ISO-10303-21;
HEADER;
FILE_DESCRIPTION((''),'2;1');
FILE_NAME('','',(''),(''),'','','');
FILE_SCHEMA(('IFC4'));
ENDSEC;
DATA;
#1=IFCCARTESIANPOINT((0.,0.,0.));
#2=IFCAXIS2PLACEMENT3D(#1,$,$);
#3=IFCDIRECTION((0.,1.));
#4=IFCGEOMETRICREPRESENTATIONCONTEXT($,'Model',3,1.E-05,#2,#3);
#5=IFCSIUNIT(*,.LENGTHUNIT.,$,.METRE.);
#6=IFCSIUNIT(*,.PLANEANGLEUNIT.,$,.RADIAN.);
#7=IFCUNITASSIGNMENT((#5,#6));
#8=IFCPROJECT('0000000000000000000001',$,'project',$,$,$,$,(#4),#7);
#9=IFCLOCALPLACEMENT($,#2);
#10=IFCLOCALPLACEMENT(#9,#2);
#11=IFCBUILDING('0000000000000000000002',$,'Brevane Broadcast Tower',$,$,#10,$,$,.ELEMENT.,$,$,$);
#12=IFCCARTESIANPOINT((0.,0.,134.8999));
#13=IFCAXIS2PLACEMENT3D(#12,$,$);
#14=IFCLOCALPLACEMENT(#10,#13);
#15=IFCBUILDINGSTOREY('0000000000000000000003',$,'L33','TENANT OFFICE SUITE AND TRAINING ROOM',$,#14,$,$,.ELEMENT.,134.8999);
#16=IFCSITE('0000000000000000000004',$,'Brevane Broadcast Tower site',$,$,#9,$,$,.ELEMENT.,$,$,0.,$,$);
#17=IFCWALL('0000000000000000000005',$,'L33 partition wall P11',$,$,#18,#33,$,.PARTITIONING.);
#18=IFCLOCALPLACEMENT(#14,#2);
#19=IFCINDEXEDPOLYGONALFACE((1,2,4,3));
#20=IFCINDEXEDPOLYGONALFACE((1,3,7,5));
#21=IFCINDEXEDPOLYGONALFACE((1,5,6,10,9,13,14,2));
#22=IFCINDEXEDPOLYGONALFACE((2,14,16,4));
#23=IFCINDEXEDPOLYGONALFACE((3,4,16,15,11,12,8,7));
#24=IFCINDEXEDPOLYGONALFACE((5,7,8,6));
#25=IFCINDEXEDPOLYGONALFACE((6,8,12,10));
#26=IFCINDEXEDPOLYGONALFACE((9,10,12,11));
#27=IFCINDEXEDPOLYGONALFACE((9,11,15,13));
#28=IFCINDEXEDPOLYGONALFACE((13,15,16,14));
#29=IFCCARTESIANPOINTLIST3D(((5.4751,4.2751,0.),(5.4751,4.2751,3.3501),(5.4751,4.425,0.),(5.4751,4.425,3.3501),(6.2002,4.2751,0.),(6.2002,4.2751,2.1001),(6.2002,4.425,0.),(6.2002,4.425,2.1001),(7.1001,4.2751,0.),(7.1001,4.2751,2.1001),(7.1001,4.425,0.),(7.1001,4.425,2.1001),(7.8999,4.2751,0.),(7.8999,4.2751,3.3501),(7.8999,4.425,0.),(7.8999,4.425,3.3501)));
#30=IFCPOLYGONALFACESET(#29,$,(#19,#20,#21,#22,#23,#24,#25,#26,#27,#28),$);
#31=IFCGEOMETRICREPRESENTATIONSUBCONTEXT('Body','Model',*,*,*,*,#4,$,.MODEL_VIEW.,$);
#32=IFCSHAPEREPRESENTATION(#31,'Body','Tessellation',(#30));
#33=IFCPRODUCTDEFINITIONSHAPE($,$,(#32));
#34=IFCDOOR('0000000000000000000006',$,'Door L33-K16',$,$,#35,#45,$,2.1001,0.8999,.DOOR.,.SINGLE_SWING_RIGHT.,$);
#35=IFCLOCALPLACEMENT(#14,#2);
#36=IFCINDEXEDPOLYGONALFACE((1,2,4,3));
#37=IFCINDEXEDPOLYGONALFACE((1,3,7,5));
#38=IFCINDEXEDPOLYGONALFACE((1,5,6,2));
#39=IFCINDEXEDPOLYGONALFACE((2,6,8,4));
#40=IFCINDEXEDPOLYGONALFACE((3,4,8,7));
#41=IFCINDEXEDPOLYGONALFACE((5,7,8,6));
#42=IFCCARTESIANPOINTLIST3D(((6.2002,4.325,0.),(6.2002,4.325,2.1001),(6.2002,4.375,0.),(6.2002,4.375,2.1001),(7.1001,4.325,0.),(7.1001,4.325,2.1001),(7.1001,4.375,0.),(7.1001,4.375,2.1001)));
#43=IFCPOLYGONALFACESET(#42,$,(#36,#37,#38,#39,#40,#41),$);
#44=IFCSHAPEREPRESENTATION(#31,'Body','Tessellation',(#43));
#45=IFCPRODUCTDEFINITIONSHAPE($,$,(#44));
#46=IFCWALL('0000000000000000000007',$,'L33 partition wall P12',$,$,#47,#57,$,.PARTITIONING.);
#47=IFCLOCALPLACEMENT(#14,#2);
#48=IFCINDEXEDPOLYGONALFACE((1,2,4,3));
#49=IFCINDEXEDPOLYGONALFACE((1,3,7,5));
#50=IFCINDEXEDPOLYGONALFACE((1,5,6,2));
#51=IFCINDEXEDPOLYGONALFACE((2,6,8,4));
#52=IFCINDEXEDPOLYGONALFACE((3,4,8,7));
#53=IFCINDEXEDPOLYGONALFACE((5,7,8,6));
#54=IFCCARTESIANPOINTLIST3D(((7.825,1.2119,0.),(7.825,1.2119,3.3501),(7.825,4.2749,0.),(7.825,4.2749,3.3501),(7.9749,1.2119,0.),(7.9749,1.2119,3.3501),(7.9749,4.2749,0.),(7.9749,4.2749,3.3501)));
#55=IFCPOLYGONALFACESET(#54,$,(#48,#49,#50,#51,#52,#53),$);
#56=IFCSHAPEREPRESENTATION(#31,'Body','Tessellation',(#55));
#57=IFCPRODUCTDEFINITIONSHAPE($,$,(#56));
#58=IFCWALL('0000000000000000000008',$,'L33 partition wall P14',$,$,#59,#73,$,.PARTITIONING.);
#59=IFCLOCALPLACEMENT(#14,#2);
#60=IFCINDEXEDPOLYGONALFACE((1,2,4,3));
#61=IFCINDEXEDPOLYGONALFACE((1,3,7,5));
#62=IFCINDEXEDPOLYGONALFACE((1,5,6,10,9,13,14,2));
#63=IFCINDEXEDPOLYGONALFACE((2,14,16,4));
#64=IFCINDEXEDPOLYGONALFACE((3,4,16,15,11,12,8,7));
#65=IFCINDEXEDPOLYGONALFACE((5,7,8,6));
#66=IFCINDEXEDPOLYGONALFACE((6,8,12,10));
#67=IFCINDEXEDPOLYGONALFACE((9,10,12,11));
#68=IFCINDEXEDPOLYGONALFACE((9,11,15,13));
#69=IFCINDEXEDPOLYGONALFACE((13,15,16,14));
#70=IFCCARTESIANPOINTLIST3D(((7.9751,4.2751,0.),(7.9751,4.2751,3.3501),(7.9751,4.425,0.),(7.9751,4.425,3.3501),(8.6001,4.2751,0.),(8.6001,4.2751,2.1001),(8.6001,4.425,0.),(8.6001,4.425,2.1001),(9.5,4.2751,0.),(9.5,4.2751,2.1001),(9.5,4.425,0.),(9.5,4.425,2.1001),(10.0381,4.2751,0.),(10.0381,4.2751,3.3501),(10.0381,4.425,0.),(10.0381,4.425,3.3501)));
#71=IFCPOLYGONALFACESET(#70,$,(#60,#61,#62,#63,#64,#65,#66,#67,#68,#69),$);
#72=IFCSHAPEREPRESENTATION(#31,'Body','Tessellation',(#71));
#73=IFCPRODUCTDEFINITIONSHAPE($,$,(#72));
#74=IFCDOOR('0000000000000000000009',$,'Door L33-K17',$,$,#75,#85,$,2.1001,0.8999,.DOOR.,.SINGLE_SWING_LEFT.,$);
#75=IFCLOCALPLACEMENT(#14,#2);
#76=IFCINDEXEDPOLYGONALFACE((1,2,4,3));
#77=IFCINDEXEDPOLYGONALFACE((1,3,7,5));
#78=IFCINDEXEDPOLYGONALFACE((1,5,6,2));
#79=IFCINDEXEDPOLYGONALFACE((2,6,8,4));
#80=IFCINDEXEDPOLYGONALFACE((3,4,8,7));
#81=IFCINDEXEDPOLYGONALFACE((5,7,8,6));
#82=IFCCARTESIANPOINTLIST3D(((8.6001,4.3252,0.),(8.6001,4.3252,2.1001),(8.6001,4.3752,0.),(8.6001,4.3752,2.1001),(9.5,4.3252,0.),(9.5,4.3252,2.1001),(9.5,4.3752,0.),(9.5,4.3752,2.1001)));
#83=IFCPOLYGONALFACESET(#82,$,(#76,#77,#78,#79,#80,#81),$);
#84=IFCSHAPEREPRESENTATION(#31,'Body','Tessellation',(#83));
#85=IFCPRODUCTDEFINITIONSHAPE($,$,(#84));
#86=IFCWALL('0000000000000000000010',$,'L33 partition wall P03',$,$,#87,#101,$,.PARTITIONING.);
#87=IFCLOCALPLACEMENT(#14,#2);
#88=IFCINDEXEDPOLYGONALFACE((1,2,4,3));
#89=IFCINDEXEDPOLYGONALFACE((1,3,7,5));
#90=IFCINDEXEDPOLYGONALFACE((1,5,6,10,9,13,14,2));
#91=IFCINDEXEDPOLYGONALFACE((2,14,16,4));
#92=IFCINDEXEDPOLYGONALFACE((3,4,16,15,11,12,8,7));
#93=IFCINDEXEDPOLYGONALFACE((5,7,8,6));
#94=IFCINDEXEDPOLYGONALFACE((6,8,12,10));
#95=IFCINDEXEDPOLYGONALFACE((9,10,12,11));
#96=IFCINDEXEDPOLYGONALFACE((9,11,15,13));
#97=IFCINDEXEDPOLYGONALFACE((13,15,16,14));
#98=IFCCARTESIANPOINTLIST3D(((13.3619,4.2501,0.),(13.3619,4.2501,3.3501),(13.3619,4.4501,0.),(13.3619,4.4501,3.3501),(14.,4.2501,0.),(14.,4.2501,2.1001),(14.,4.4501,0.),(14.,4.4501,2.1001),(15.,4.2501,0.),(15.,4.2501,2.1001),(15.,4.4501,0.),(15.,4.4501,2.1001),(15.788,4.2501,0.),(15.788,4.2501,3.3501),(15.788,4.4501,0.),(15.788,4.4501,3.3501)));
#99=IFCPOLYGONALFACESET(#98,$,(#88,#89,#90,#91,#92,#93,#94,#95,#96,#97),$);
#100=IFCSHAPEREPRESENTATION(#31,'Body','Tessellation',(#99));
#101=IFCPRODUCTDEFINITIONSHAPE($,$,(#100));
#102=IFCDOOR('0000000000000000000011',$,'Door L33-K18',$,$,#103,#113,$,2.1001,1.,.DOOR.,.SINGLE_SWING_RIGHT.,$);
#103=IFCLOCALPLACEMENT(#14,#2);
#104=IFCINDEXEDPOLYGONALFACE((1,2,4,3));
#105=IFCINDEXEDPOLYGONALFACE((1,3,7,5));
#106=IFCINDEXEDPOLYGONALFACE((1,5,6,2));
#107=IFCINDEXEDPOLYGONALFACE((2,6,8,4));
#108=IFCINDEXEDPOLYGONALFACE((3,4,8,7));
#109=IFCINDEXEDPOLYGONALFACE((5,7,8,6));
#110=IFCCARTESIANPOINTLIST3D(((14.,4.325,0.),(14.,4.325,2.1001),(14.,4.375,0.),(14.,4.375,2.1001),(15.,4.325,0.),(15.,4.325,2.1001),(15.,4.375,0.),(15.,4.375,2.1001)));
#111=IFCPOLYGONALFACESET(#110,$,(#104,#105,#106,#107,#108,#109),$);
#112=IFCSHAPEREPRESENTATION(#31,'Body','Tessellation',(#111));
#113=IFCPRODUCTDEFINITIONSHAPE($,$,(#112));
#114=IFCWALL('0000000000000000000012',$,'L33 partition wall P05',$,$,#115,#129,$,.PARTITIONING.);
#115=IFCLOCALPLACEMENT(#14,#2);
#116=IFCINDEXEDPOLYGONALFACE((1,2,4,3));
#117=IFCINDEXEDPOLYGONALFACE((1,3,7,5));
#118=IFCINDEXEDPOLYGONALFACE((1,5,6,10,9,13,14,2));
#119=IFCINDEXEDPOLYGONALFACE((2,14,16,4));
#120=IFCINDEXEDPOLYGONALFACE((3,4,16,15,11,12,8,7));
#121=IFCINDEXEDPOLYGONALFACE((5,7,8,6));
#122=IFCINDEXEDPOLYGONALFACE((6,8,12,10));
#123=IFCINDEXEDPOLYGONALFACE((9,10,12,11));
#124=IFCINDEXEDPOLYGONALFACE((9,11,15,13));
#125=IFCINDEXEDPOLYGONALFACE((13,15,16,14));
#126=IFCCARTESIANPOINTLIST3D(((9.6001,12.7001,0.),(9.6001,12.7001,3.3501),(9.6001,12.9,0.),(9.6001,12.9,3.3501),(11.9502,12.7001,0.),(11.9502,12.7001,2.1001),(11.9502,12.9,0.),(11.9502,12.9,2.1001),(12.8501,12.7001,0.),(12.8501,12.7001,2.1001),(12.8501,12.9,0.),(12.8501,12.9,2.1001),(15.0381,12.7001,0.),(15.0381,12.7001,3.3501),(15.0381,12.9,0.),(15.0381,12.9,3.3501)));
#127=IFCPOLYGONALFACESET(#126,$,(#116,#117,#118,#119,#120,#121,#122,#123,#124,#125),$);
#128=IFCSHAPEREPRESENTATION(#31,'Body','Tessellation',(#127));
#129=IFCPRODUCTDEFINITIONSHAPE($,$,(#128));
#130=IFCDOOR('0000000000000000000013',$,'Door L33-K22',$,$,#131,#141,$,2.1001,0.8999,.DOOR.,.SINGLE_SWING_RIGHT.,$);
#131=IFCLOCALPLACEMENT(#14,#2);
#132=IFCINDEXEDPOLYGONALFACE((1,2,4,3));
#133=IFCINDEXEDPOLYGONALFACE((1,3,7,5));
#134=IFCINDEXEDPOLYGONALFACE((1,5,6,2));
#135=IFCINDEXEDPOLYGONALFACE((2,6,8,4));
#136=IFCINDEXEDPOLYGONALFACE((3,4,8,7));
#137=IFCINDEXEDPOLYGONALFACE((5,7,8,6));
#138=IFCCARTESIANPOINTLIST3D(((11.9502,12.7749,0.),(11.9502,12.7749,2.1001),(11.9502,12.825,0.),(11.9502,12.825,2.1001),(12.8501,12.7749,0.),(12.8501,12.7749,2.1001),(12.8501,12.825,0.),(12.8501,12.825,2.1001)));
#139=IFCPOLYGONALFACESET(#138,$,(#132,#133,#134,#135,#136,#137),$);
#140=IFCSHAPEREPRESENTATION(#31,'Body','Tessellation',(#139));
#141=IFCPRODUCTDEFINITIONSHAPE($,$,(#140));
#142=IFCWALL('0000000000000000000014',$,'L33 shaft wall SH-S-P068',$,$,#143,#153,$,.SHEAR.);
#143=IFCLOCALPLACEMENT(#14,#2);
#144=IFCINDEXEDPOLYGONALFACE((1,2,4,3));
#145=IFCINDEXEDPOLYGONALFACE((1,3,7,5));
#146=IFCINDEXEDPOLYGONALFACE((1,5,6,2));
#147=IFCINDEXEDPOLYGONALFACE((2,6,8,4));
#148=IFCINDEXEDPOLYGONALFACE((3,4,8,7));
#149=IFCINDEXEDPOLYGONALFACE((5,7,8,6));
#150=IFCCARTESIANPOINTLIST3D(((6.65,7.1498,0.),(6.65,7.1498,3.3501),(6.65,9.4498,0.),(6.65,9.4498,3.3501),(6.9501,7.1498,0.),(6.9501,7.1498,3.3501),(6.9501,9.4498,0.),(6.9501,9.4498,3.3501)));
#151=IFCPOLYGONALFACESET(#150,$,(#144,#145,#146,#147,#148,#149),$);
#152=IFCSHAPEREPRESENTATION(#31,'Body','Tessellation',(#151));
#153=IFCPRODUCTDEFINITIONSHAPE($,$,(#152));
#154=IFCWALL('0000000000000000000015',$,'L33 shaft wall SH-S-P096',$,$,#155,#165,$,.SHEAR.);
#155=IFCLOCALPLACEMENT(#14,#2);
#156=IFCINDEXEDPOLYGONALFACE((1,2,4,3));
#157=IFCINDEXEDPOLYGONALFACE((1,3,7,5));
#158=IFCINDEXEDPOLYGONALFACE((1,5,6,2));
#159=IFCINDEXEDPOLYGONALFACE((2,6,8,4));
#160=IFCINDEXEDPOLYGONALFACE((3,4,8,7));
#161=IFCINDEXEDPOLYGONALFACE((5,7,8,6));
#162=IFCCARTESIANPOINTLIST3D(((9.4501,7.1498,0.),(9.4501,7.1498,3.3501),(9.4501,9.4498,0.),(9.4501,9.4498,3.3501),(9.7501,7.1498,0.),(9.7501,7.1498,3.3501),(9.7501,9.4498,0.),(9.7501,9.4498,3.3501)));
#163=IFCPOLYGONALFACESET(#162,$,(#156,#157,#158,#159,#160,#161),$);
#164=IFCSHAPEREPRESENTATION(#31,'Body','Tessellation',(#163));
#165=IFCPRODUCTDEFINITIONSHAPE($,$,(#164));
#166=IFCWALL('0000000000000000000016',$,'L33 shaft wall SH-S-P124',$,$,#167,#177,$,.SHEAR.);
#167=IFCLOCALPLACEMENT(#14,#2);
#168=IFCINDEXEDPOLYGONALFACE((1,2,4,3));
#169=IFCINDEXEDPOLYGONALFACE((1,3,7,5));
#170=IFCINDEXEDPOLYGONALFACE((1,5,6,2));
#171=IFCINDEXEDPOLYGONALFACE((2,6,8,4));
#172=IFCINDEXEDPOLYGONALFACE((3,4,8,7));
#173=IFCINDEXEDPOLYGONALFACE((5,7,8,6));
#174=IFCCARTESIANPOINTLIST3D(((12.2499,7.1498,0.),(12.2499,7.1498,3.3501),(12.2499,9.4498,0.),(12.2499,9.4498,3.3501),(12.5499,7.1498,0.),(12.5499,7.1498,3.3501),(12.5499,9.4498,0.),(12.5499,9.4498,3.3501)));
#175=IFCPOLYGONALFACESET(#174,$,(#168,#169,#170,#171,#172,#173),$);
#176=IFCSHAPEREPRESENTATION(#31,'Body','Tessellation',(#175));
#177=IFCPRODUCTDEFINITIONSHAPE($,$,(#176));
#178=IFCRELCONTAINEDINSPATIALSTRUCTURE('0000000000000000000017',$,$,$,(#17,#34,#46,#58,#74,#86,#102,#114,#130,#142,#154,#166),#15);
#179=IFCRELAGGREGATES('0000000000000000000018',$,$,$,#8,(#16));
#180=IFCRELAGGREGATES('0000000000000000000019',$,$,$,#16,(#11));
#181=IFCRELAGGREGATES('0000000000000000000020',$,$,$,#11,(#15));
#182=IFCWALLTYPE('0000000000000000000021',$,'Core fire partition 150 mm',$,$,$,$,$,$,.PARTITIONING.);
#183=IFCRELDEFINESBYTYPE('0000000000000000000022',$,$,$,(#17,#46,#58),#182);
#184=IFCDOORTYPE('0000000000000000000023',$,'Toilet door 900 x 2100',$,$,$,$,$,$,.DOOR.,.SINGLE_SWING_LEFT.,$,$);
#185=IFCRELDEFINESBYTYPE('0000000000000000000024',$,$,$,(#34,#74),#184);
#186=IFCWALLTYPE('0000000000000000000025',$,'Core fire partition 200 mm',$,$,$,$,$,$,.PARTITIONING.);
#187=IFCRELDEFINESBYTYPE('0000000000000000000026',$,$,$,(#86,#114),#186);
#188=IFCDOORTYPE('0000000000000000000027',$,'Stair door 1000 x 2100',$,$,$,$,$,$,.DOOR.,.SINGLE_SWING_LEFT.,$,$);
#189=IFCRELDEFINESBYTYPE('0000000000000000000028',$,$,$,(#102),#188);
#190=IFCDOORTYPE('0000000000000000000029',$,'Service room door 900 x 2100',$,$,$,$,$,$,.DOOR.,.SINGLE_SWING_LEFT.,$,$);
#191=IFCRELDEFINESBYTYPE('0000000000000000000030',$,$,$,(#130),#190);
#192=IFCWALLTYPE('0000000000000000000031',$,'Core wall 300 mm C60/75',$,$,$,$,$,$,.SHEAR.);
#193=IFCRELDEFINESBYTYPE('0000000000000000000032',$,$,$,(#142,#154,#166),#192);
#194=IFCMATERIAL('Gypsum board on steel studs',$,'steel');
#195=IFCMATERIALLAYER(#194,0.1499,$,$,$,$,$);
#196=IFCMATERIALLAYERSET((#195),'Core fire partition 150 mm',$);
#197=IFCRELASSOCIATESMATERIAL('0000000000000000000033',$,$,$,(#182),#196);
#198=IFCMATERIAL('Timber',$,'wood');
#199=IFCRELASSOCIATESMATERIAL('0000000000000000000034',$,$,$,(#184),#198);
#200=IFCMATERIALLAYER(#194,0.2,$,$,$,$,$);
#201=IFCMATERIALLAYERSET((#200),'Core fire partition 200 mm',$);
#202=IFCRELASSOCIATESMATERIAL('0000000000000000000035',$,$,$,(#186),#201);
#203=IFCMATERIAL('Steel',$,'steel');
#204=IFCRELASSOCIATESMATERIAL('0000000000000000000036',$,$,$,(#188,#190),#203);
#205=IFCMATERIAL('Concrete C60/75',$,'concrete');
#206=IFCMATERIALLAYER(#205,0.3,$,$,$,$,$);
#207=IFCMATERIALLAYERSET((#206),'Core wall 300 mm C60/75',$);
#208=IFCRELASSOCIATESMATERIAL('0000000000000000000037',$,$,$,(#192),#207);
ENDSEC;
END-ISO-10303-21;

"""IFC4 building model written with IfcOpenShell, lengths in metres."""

from ifc_helpers import new_model, si_unit, direction, frame, frame_2d, origin, place, context, subcontext, project, spatial, rectangle, extrude, material, layer, layer_set, type_object, element, fill, save


model = new_model("IFC4")

# Units and contexts
model_context = context("Model", 3, precision=1e-05, world=origin(), true_north=direction((0.0, 1.0)))
body_context = subcontext(model_context, "Body", "Model", "MODEL_VIEW")
ifc_project = project(units=[si_unit("LENGTHUNIT", "METRE"), si_unit("PLANEANGLEUNIT", "RADIAN")], contexts=[model_context])

# Site, building, storey
site_placement = place(None, origin())
site = spatial("IfcSite", under=ifc_project, at=site_placement, Name="Brevane Broadcast Tower site", CompositionType="ELEMENT", RefElevation=0.0)
building_placement = place(site_placement, origin())
building = spatial("IfcBuilding", under=site, at=building_placement, Name="Brevane Broadcast Tower", CompositionType="ELEMENT")
storey_placement = place(building_placement, frame((0.0, 0.0, 134.8999)))
storey = spatial("IfcBuildingStorey", under=building, at=storey_placement, Name="L33", Description="TENANT OFFICE SUITE AND TRAINING ROOM", CompositionType="ELEMENT", Elevation=134.8999)

# Wall, opening, door
ifc_material_1 = material(Name="Gypsum board on steel studs", Category="steel")
ifc_layer_1 = layer(ifc_material_1, 0.1499)
ifc_layer_set_1 = layer_set([ifc_layer_1], Name="Core fire partition 150 mm")
wall_type_1 = type_object("IfcWallType", Name="Core fire partition 150 mm", PredefinedType="PARTITIONING", material=ifc_layer_set_1)
wall_1_placement = place(storey_placement, frame((5.4751, 4.3501, 0.0), z_axis=(0.0, 0.0, 1.0), x_axis=(1.0, 0.0, 0.0)))
wall_1 = element("IfcWall", 1, at=wall_1_placement, inside=storey, type_object=wall_type_1, Name="L33 partition wall P11", PredefinedType="PARTITIONING", context=body_context, shape_type="SweptSolid", body=[
    extrude(rectangle(XDim=2.4248, YDim=0.1499, at=frame_2d((1.2124, 0.0))), origin(), (0.0, 0.0, 1.0), 3.3501),
])
opening_1_placement = place(wall_1_placement, frame((0.7251, 0.0, 0.0)))
opening_1 = element("IfcOpeningElement", 2, at=opening_1_placement, cuts=wall_1, PredefinedType="OPENING", context=body_context, shape_type="SweptSolid", body=[
    extrude(rectangle(XDim=0.8999, YDim=2.1001, at=frame_2d((0.45, 1.05))), frame((0.0, 0.085, 0.0), z_axis=(0.0, -1.0, 0.0), x_axis=(1.0, 0.0, 0.0)), (0.0, 0.0, 1.0), 0.1699),
])
ifc_material_2 = material(Name="Timber", Category="wood")
door_type_1 = type_object("IfcDoorType", Name="Toilet door 900 x 2100", OperationType="SINGLE_SWING_LEFT", PredefinedType="DOOR", material=ifc_material_2)
door_1_placement = place(opening_1_placement, origin())
door_1 = element("IfcDoor", 3, at=door_1_placement, inside=storey, type_object=door_type_1, Name="Door L33-K16", OperationType="SINGLE_SWING_RIGHT", OverallHeight=2.1001, OverallWidth=0.8999, PredefinedType="DOOR", context=body_context, shape_type="SweptSolid", body=[
    extrude(rectangle(XDim=0.8999, YDim=2.1001, at=frame_2d((0.45, 1.05))), frame((0.0, 0.0249, 0.0), z_axis=(0.0, -1.0, 0.0), x_axis=(1.0, 0.0, 0.0)), (0.0, 0.0, 1.0), 0.05),
])
fill(opening_1, door_1)

# Wall
wall_2_placement = place(storey_placement, frame((7.8999, 4.2749, 0.0), z_axis=(0.0, 0.0, 1.0), x_axis=(0.0, -1.0, 0.0)))
element("IfcWall", 4, at=wall_2_placement, inside=storey, type_object=wall_type_1, Name="L33 partition wall P12", PredefinedType="PARTITIONING", context=body_context, shape_type="SweptSolid", body=[
    extrude(rectangle(XDim=3.063, YDim=0.1499, at=frame_2d((1.5315, 0.0))), origin(), (0.0, 0.0, 1.0), 3.3501),
])

# Walls, openings, doors
wall_3_placement = place(storey_placement, frame((10.0381, 4.3501, 0.0), z_axis=(0.0, 0.0, 1.0), x_axis=(-1.0, 0.0, 0.0)))
wall_3 = element("IfcWall", 5, at=wall_3_placement, inside=storey, type_object=wall_type_1, Name="L33 partition wall P14", PredefinedType="PARTITIONING", context=body_context, shape_type="SweptSolid", body=[
    extrude(rectangle(XDim=2.063, YDim=0.1499, at=frame_2d((1.0315, 0.0))), origin(), (0.0, 0.0, 1.0), 3.3501),
])
opening_2_placement = place(wall_3_placement, frame((0.5381, 0.0, 0.0)))
opening_2 = element("IfcOpeningElement", 6, at=opening_2_placement, cuts=wall_3, PredefinedType="OPENING", context=body_context, shape_type="SweptSolid", body=[
    extrude(rectangle(XDim=0.8999, YDim=2.1001, at=frame_2d((0.45, 1.05))), frame((0.0, 0.085, 0.0), z_axis=(0.0, -1.0, 0.0), x_axis=(1.0, 0.0, 0.0)), (0.0, 0.0, 1.0), 0.1699),
])
door_2_placement = place(opening_2_placement, origin())
door_2 = element("IfcDoor", 7, at=door_2_placement, inside=storey, type_object=door_type_1, Name="Door L33-K17", OperationType="SINGLE_SWING_LEFT", OverallHeight=2.1001, OverallWidth=0.8999, PredefinedType="DOOR", context=body_context, shape_type="SweptSolid", body=[
    extrude(rectangle(XDim=0.8999, YDim=2.1001, at=frame_2d((0.45, 1.05))), frame((0.0, 0.0249, 0.0), z_axis=(0.0, -1.0, 0.0), x_axis=(1.0, 0.0, 0.0)), (0.0, 0.0, 1.0), 0.05),
])
fill(opening_2, door_2)
ifc_layer_2 = layer(ifc_material_1, 0.2)
ifc_layer_set_2 = layer_set([ifc_layer_2], Name="Core fire partition 200 mm")
wall_type_2 = type_object("IfcWallType", Name="Core fire partition 200 mm", PredefinedType="PARTITIONING", material=ifc_layer_set_2)
wall_4_placement = place(storey_placement, frame((13.3621, 4.3501, 0.0), z_axis=(0.0, 0.0, 1.0), x_axis=(1.0, 0.0, 0.0)))
wall_4 = element("IfcWall", 8, at=wall_4_placement, inside=storey, type_object=wall_type_2, Name="L33 partition wall P03", PredefinedType="PARTITIONING", context=body_context, shape_type="SweptSolid", body=[
    extrude(rectangle(XDim=2.426, YDim=0.2, at=frame_2d((1.2129, 0.0))), origin(), (0.0, 0.0, 1.0), 3.3501),
])
opening_3_placement = place(wall_4_placement, frame((0.6379, 0.0, 0.0)))
opening_3 = element("IfcOpeningElement", 9, at=opening_3_placement, cuts=wall_4, PredefinedType="OPENING", context=body_context, shape_type="SweptSolid", body=[
    extrude(rectangle(XDim=1.0, YDim=2.1001, at=frame_2d((0.5, 1.05))), frame((0.0, 0.1099, 0.0), z_axis=(0.0, -1.0, 0.0), x_axis=(1.0, 0.0, 0.0)), (0.0, 0.0, 1.0), 0.22),
])
ifc_material_3 = material(Name="Steel", Category="steel")
door_type_2 = type_object("IfcDoorType", Name="Stair door 1000 x 2100", OperationType="SINGLE_SWING_LEFT", PredefinedType="DOOR", material=ifc_material_3)
door_3_placement = place(opening_3_placement, origin())
door_3 = element("IfcDoor", 10, at=door_3_placement, inside=storey, type_object=door_type_2, Name="Door L33-K18", OperationType="SINGLE_SWING_RIGHT", OverallHeight=2.1001, OverallWidth=1.0, PredefinedType="DOOR", context=body_context, shape_type="SweptSolid", body=[
    extrude(rectangle(XDim=1.0, YDim=2.1001, at=frame_2d((0.5, 1.05))), frame((0.0, 0.0249, 0.0), z_axis=(0.0, -1.0, 0.0), x_axis=(1.0, 0.0, 0.0)), (0.0, 0.0, 1.0), 0.05),
])
fill(opening_3, door_3)
wall_5_placement = place(storey_placement, frame((9.6001, 12.8, 0.0), z_axis=(0.0, 0.0, 1.0), x_axis=(1.0, 0.0, 0.0)))
wall_5 = element("IfcWall", 11, at=wall_5_placement, inside=storey, type_object=wall_type_2, Name="L33 partition wall P05", PredefinedType="PARTITIONING", context=body_context, shape_type="SweptSolid", body=[
    extrude(rectangle(XDim=5.438, YDim=0.2, at=frame_2d((2.719, 0.0))), origin(), (0.0, 0.0, 1.0), 3.3501),
])
opening_4_placement = place(wall_5_placement, frame((2.3501, 0.0, 0.0)))
opening_4 = element("IfcOpeningElement", 12, at=opening_4_placement, cuts=wall_5, PredefinedType="OPENING", context=body_context, shape_type="SweptSolid", body=[
    extrude(rectangle(XDim=0.8999, YDim=2.1001, at=frame_2d((0.45, 1.05))), frame((0.0, 0.1099, 0.0), z_axis=(0.0, -1.0, 0.0), x_axis=(1.0, 0.0, 0.0)), (0.0, 0.0, 1.0), 0.22),
])
door_type_3 = type_object("IfcDoorType", Name="Service room door 900 x 2100", OperationType="SINGLE_SWING_LEFT", PredefinedType="DOOR", material=ifc_material_3)
door_4_placement = place(opening_4_placement, origin())
door_4 = element("IfcDoor", 13, at=door_4_placement, inside=storey, type_object=door_type_3, Name="Door L33-K22", OperationType="SINGLE_SWING_RIGHT", OverallHeight=2.1001, OverallWidth=0.8999, PredefinedType="DOOR", context=body_context, shape_type="SweptSolid", body=[
    extrude(rectangle(XDim=0.8999, YDim=2.1001, at=frame_2d((0.45, 1.05))), frame((0.0, 0.0249, 0.0), z_axis=(0.0, -1.0, 0.0), x_axis=(1.0, 0.0, 0.0)), (0.0, 0.0, 1.0), 0.05),
])
fill(opening_4, door_4)

# Walls
ifc_material_4 = material(Name="Concrete C60/75", Category="concrete")
ifc_layer_3 = layer(ifc_material_4, 0.3)
ifc_layer_set_3 = layer_set([ifc_layer_3], Name="Core wall 300 mm C60/75")
wall_type_3 = type_object("IfcWallType", Name="Core wall 300 mm C60/75", PredefinedType="SHEAR", material=ifc_layer_set_3)
for number, where, z_axis, x_axis, name in (
    (14, (6.8, 7.1499, 0.0), (0.0, 0.0, 1.0), (0.0, 1.0, 0.0), "L33 shaft wall SH-S-P068"),
    (15, (9.6001, 7.1499, 0.0), (0.0, 0.0, 1.0), (0.0, 1.0, 0.0), "L33 shaft wall SH-S-P096"),
    (16, (12.3999, 7.1499, 0.0), (0.0, 0.0, 1.0), (0.0, 1.0, 0.0), "L33 shaft wall SH-S-P124"),
):
    element("IfcWall", number, at=place(storey_placement, frame(where, z_axis=z_axis, x_axis=x_axis)), inside=storey, type_object=wall_type_3, Name=name, PredefinedType="SHEAR", context=body_context, shape_type="SweptSolid", body=[
        extrude(rectangle(XDim=2.3, YDim=0.3, at=frame_2d((1.1499, 0.0))), origin(), (0.0, 0.0, 1.0), 3.3501),
    ])

save(model, "model.ifc")
